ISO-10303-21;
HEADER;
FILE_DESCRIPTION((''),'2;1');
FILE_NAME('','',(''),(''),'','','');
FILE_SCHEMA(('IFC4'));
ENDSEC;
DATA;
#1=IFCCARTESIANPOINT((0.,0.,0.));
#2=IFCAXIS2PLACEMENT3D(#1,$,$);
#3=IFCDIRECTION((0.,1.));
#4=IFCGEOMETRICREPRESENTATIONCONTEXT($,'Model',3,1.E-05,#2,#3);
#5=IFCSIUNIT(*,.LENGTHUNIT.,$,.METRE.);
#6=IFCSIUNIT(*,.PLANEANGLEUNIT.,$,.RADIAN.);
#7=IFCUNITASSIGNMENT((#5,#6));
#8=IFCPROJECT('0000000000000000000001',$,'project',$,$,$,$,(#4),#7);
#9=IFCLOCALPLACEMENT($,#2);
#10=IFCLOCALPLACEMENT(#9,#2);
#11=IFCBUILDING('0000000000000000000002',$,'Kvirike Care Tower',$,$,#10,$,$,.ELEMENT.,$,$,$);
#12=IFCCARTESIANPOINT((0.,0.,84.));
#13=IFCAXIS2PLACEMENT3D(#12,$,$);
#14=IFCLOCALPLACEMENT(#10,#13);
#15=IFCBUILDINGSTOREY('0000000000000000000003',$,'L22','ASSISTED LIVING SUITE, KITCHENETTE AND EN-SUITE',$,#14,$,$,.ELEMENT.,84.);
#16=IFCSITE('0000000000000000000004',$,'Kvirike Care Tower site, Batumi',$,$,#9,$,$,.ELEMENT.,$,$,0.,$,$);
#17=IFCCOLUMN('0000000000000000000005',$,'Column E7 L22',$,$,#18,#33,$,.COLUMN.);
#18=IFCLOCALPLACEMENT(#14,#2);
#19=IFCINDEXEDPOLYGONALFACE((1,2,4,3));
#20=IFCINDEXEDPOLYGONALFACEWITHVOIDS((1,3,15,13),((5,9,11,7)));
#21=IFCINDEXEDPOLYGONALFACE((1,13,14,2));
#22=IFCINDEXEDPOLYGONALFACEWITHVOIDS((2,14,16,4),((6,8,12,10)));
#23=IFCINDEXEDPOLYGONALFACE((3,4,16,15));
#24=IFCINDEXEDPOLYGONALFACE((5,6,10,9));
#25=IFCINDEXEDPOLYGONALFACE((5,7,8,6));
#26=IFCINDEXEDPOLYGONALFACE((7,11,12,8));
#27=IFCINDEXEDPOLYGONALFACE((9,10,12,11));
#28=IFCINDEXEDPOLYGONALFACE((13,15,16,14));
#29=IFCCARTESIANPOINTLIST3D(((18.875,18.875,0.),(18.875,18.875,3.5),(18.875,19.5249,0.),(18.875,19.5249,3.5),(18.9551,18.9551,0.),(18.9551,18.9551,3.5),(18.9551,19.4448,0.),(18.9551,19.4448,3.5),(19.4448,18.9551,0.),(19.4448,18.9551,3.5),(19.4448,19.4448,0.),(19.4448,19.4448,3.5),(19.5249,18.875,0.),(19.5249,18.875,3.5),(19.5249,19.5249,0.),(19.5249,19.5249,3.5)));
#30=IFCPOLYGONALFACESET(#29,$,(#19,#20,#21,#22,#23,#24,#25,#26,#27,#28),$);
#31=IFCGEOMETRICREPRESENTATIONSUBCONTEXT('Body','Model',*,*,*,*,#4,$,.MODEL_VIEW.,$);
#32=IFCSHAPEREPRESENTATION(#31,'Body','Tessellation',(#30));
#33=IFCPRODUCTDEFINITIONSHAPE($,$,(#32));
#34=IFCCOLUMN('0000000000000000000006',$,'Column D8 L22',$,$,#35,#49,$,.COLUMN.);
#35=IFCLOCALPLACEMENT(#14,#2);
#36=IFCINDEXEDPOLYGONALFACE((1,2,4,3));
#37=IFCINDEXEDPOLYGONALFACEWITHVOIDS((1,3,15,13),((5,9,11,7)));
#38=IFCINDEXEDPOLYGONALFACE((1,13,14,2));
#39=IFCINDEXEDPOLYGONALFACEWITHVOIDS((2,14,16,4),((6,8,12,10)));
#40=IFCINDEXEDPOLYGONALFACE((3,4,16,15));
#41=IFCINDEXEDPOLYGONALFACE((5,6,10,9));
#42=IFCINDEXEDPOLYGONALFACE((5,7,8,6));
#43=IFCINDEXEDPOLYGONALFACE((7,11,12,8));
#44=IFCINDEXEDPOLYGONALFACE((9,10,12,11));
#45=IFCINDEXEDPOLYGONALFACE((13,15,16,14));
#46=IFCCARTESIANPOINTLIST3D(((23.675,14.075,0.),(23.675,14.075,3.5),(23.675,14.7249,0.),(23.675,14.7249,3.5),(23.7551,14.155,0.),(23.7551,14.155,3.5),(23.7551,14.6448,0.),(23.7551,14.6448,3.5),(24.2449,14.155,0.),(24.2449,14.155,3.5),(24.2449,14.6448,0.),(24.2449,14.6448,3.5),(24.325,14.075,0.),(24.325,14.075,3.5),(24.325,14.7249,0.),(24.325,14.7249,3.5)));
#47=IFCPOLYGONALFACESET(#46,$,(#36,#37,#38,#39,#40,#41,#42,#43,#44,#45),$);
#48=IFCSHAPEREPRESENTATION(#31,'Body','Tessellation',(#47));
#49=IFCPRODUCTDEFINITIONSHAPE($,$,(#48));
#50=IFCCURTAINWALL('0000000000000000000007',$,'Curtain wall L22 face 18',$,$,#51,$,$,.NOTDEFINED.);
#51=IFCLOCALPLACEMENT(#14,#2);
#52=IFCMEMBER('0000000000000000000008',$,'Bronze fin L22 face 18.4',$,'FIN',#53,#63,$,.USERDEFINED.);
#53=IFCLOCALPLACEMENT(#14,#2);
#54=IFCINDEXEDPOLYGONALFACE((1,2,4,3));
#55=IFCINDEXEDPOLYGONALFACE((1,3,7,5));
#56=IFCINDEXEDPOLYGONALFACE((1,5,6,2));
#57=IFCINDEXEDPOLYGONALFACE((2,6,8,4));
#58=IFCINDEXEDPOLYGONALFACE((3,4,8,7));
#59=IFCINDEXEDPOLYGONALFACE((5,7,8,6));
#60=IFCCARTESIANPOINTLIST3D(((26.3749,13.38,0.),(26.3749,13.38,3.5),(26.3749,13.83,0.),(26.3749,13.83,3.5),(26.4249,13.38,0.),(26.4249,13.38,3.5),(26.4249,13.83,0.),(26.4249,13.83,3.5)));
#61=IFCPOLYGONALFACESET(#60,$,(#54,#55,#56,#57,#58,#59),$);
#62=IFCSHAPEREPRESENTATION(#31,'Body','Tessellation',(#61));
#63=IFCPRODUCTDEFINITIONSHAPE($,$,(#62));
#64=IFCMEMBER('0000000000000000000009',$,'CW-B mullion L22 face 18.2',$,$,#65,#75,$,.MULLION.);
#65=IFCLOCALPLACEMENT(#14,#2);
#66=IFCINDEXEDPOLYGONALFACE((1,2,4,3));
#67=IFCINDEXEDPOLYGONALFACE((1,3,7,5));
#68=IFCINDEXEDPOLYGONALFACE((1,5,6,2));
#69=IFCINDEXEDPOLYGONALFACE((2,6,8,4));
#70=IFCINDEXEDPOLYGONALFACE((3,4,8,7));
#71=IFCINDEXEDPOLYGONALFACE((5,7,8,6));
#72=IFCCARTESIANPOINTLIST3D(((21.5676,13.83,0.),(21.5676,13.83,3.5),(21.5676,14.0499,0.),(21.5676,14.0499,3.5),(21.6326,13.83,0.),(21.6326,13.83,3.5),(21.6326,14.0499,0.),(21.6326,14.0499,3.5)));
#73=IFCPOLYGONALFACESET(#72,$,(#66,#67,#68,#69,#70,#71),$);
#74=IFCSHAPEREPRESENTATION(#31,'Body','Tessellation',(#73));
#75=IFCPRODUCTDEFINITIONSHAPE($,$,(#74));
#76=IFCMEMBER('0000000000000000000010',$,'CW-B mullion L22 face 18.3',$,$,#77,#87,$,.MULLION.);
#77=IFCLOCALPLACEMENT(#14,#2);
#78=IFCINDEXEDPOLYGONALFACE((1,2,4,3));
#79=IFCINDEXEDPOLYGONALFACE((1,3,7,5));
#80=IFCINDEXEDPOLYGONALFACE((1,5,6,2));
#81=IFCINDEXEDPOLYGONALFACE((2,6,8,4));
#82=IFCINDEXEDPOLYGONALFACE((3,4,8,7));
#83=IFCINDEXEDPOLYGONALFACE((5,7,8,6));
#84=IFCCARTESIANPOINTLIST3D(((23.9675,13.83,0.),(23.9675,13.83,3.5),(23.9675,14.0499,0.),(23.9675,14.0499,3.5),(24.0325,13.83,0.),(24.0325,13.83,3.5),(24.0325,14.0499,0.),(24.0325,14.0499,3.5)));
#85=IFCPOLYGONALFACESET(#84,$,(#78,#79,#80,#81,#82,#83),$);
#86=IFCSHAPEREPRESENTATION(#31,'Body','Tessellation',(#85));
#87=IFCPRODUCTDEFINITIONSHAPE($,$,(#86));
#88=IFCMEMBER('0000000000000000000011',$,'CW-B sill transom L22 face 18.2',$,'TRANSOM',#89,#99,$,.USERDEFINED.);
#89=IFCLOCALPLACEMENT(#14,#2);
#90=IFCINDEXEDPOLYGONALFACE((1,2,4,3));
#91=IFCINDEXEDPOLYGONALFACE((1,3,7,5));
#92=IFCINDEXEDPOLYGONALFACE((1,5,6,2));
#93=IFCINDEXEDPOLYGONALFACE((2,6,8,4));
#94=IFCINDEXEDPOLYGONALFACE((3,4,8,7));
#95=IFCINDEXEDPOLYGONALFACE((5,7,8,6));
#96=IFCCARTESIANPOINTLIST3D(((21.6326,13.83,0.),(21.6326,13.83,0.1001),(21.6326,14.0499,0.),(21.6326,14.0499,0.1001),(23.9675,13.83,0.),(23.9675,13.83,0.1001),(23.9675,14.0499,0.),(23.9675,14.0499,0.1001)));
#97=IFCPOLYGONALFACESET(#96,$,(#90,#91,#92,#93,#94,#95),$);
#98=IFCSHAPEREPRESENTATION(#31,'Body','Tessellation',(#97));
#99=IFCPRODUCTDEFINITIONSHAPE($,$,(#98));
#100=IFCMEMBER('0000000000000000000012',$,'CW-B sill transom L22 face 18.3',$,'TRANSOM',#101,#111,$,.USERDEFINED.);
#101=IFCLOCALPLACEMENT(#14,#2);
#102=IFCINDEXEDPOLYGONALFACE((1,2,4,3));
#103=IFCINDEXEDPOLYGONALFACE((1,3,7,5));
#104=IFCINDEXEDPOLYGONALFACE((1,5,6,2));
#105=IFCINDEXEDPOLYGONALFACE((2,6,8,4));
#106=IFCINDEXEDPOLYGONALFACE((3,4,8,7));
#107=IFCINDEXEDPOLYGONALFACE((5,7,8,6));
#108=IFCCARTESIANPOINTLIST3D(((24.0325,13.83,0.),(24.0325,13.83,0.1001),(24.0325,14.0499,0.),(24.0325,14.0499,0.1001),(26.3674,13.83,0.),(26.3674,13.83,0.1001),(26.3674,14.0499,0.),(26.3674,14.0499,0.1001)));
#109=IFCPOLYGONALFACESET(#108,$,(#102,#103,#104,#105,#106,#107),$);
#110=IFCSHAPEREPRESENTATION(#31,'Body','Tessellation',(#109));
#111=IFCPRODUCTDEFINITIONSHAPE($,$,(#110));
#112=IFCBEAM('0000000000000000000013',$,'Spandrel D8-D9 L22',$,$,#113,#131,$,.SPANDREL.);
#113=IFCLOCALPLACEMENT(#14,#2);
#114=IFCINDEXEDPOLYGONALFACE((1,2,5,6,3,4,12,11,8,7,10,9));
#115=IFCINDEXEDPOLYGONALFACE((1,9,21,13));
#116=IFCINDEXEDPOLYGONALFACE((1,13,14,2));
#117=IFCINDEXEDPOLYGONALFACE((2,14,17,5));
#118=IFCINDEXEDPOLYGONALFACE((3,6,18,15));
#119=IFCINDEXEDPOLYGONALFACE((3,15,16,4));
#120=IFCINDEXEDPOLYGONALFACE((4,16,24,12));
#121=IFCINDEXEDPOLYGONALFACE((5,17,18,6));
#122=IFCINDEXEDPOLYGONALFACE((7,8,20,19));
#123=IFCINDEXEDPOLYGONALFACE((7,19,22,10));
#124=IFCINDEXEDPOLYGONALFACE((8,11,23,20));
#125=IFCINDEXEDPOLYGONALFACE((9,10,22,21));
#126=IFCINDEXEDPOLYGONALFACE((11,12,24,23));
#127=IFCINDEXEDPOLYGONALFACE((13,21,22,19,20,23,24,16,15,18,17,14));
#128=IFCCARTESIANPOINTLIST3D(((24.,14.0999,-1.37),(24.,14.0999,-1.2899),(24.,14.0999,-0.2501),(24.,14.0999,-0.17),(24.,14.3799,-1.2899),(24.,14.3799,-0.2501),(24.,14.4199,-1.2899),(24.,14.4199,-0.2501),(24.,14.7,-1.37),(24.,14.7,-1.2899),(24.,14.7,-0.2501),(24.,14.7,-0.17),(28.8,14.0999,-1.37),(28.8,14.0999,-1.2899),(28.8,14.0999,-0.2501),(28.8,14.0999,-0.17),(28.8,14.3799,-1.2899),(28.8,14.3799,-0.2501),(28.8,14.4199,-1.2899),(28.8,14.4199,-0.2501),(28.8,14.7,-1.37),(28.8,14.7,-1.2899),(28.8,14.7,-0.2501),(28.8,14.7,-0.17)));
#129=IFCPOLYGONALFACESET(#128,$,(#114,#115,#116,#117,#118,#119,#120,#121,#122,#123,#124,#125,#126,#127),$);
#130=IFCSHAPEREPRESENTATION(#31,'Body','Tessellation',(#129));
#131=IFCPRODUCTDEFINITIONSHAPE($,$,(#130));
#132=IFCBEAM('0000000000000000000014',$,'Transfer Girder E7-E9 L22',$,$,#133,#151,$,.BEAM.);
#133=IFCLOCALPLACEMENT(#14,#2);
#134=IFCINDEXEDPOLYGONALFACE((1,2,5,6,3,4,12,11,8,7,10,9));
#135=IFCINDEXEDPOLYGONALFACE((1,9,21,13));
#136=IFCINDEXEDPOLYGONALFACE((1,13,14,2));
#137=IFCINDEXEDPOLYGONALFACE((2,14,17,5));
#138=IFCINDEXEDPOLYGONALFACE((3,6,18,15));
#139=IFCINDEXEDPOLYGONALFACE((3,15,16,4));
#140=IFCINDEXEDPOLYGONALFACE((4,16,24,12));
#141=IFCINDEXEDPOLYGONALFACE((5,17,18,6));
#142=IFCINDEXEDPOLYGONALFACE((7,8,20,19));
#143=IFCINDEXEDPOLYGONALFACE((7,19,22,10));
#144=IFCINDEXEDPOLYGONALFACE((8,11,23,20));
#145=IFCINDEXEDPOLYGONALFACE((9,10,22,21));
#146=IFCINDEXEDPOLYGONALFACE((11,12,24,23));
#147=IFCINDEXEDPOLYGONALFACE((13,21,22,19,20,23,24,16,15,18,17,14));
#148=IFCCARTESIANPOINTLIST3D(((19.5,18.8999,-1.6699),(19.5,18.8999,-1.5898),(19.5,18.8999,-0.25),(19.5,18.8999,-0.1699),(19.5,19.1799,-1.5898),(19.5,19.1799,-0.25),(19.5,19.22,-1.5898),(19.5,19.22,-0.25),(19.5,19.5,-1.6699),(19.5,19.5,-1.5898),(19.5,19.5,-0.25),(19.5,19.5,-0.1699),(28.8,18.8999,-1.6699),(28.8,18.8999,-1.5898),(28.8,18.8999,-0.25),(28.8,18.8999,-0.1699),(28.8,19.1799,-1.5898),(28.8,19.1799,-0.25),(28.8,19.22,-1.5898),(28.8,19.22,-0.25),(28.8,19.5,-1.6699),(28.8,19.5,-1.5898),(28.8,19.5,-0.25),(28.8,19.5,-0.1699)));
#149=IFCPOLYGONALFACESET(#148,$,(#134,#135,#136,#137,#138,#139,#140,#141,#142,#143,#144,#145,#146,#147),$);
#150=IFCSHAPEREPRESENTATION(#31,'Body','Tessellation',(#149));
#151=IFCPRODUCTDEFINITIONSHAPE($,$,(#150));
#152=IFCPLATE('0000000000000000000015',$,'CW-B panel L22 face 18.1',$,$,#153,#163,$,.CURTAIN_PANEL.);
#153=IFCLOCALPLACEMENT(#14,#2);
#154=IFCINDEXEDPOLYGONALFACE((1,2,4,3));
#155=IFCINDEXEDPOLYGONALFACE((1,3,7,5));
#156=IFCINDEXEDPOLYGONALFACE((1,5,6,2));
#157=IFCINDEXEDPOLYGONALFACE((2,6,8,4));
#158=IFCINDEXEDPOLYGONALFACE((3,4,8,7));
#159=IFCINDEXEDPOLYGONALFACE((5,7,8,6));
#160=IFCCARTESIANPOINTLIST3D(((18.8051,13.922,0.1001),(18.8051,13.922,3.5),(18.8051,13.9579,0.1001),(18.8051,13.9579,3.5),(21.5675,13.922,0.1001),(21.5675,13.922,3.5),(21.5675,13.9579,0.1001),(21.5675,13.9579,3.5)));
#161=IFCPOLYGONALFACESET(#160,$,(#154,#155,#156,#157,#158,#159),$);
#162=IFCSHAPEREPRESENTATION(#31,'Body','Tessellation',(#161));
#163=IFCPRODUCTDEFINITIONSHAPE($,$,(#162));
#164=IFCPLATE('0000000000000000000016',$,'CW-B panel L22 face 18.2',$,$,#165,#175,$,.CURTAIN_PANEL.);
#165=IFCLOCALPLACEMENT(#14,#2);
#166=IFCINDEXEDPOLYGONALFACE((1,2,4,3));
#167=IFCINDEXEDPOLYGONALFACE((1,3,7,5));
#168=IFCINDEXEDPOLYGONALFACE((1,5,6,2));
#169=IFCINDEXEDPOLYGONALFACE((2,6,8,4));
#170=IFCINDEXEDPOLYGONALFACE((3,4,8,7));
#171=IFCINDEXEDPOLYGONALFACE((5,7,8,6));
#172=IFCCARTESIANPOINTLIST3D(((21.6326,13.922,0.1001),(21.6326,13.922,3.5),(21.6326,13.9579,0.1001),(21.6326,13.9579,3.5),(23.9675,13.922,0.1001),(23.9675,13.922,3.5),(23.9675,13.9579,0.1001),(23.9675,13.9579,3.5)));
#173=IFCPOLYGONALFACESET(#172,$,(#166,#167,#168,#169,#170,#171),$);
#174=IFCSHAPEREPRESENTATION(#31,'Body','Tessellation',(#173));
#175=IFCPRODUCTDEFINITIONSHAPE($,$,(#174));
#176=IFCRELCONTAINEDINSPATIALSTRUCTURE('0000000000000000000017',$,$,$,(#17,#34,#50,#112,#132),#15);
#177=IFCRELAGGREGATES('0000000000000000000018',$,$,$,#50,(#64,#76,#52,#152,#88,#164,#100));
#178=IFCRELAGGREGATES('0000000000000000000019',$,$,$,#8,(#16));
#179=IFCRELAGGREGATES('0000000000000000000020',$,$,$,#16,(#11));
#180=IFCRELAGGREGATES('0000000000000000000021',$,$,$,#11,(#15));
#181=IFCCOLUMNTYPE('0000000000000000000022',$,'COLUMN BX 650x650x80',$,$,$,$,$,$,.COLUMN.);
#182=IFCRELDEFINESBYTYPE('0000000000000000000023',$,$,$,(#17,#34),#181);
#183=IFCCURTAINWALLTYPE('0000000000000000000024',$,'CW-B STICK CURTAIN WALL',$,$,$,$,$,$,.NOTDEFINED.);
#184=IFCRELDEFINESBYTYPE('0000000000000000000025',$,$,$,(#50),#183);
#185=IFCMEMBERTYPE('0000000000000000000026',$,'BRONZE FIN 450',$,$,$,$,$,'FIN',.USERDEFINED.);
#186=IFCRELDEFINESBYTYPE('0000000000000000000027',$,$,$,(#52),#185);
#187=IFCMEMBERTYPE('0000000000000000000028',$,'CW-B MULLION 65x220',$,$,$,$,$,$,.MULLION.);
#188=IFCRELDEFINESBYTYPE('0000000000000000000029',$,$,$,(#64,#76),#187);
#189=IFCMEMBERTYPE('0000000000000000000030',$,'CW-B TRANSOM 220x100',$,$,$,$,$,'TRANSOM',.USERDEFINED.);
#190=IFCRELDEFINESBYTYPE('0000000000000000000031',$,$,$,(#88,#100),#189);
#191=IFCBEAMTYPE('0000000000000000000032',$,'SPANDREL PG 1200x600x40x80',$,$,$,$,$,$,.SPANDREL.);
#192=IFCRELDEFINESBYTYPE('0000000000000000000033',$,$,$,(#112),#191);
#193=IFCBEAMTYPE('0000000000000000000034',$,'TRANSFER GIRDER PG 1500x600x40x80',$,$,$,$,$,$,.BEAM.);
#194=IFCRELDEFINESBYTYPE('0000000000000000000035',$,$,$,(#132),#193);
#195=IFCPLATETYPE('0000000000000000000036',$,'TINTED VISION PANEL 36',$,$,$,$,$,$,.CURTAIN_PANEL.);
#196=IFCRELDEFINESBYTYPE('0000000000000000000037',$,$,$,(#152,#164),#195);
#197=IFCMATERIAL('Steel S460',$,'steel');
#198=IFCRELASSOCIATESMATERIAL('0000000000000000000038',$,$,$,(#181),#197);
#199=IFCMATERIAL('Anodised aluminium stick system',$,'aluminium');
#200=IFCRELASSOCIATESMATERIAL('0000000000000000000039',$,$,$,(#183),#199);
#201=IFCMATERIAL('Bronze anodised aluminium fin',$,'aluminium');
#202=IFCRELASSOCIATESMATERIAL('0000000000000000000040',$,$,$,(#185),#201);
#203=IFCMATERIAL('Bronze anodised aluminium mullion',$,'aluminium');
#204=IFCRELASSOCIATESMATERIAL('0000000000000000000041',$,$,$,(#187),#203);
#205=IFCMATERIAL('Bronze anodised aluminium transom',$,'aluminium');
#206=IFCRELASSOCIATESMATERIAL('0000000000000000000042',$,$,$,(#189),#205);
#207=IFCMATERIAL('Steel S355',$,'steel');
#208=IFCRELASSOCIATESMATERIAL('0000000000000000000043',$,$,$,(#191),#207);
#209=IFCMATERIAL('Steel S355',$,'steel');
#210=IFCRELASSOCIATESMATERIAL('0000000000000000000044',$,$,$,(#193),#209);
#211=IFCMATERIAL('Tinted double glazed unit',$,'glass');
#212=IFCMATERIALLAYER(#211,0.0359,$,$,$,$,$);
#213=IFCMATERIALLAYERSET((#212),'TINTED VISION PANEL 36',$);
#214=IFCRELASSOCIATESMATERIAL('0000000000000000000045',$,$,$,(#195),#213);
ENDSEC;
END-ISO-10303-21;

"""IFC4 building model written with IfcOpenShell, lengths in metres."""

from ifc_helpers import new_model, si_unit, direction, frame, origin, origin_2d, place, context, subcontext, project, spatial, rectangle, hollow_rectangle, i_section, extrude, material, layer, layer_set, material_profile, profile_set, type_object, element, aggregate, save


model = new_model("IFC4")

# Units and contexts
model_context = context("Model", 3, precision=1e-05, world=origin(), true_north=direction((0.0, 1.0)))
body_context = subcontext(model_context, "Body", "Model", "MODEL_VIEW")
ifc_project = project(units=[si_unit("LENGTHUNIT", "METRE"), si_unit("PLANEANGLEUNIT", "RADIAN")], contexts=[model_context])

# Site, building, storey
site_placement = place(None, origin())
site = spatial("IfcSite", under=ifc_project, at=site_placement, Name="Kvirike Care Tower site, Batumi", CompositionType="ELEMENT", RefElevation=0.0)
building_placement = place(site_placement, origin())
building = spatial("IfcBuilding", under=site, at=building_placement, Name="Kvirike Care Tower", CompositionType="ELEMENT")
storey_placement = place(building_placement, frame((0.0, 0.0, 84.0)))
storey = spatial("IfcBuildingStorey", under=building, at=storey_placement, Name="L22", Description="ASSISTED LIVING SUITE, KITCHENETTE AND EN-SUITE", CompositionType="ELEMENT", Elevation=84.0)

# Columns
ifc_material_1 = material(Name="Steel S460", Category="steel")
ifc_material_profile_1 = material_profile(ifc_material_1, hollow_rectangle(XDim=0.6499, YDim=0.6499, WallThickness=0.0801, at=origin_2d()), Name="BX 650x650x80")
ifc_profile_set_1 = profile_set([ifc_material_profile_1], Name="Steel S460")
column_type = type_object("IfcColumnType", Name="COLUMN BX 650x650x80", PredefinedType="COLUMN", material=ifc_profile_set_1)
for number, where, z_axis, x_axis, name in (
    (1, (19.2, 19.2, 0.0), (0.0, 0.0, 1.0), (0.0, 1.0, 0.0), "Column E7 L22"),
    (2, (24.0, 14.3999, 0.0), (0.0, 0.0, 1.0), (0.0, 1.0, 0.0), "Column D8 L22"),
):
    element("IfcColumn", number, at=place(storey_placement, frame(where, z_axis=z_axis, x_axis=x_axis)), inside=storey, type_object=column_type, Name=name, PredefinedType="COLUMN", context=body_context, shape_type="SweptSolid", body=[
        extrude(hollow_rectangle(XDim=0.6499, YDim=0.6499, WallThickness=0.0801, at=origin_2d()), origin(), (0.0, 0.0, 1.0), 3.5),
    ])

# Curtain wall, members
ifc_material_2 = material(Name="Anodised aluminium stick system", Category="aluminium")
curtain_wall_type = type_object("IfcCurtainWallType", Name="CW-B STICK CURTAIN WALL", PredefinedType="NOTDEFINED", material=ifc_material_2)
curtain_wall_placement = place(storey_placement, origin())
curtain_wall = element("IfcCurtainWall", 3, at=curtain_wall_placement, inside=storey, type_object=curtain_wall_type, Name="Curtain wall L22 face 18", PredefinedType="NOTDEFINED")
ifc_material_3 = material(Name="Bronze anodised aluminium fin", Category="aluminium")
ifc_material_profile_2 = material_profile(ifc_material_3, rectangle(XDim=0.05, YDim=0.45, at=origin_2d()), Name="BRONZE FIN 450")
ifc_profile_set_2 = profile_set([ifc_material_profile_2], Name="Bronze anodised aluminium fin")
member_type_1 = type_object("IfcMemberType", Name="BRONZE FIN 450", ElementType="FIN", PredefinedType="USERDEFINED", material=ifc_profile_set_2)
member_1_placement = place(storey_placement, frame((26.3999, 13.605, 0.0), z_axis=(0.0, 0.0, 1.0), x_axis=(1.0, 0.0, 0.0)))
member_1 = element("IfcMember", 4, at=member_1_placement, type_object=member_type_1, Name="Bronze fin L22 face 18.4", ObjectType="FIN", PredefinedType="USERDEFINED", context=body_context, shape_type="SweptSolid", body=[
    extrude(rectangle(XDim=0.05, YDim=0.45, at=origin_2d()), origin(), (0.0, 0.0, 1.0), 3.5),
])
ifc_material_4 = material(Name="Bronze anodised aluminium mullion", Category="aluminium")
ifc_material_profile_3 = material_profile(ifc_material_4, rectangle(XDim=0.0649, YDim=0.22, at=origin_2d()), Name="CW-B MULLION 65x220")
ifc_profile_set_3 = profile_set([ifc_material_profile_3], Name="Bronze anodised aluminium mullion")
member_type_2 = type_object("IfcMemberType", Name="CW-B MULLION 65x220", PredefinedType="MULLION", material=ifc_profile_set_3)
member_2_placement = place(storey_placement, frame((21.6001, 13.9399, 0.0), z_axis=(0.0, 0.0, 1.0), x_axis=(1.0, 0.0, 0.0)))
member_2 = element("IfcMember", 5, at=member_2_placement, type_object=member_type_2, Name="CW-B mullion L22 face 18.2", PredefinedType="MULLION", context=body_context, shape_type="SweptSolid", body=[
    extrude(rectangle(XDim=0.0649, YDim=0.22, at=origin_2d()), origin(), (0.0, 0.0, 1.0), 3.5),
])
member_3_placement = place(storey_placement, frame((24.0, 13.9399, 0.0), z_axis=(0.0, 0.0, 1.0), x_axis=(1.0, 0.0, 0.0)))
member_3 = element("IfcMember", 6, at=member_3_placement, type_object=member_type_2, Name="CW-B mullion L22 face 18.3", PredefinedType="MULLION", context=body_context, shape_type="SweptSolid", body=[
    extrude(rectangle(XDim=0.0649, YDim=0.22, at=origin_2d()), origin(), (0.0, 0.0, 1.0), 3.5),
])
ifc_material_5 = material(Name="Bronze anodised aluminium transom", Category="aluminium")
ifc_material_profile_4 = material_profile(ifc_material_5, rectangle(XDim=0.22, YDim=0.1001, at=origin_2d()), Name="CW-B TRANSOM 220x100")
ifc_profile_set_4 = profile_set([ifc_material_profile_4], Name="Bronze anodised aluminium transom")
member_type_3 = type_object("IfcMemberType", Name="CW-B TRANSOM 220x100", ElementType="TRANSOM", PredefinedType="USERDEFINED", material=ifc_profile_set_4)
member_4_placement = place(storey_placement, frame((21.6326, 13.9399, 0.05), z_axis=(1.0, 0.0, 0.0), x_axis=(0.0, 1.0, 0.0)))
member_4 = element("IfcMember", 7, at=member_4_placement, type_object=member_type_3, Name="CW-B sill transom L22 face 18.2", ObjectType="TRANSOM", PredefinedType="USERDEFINED", context=body_context, shape_type="SweptSolid", body=[
    extrude(rectangle(XDim=0.22, YDim=0.1001, at=origin_2d()), origin(), (0.0, 0.0, 1.0), 2.335),
])
member_5_placement = place(storey_placement, frame((24.0325, 13.9399, 0.05), z_axis=(1.0, 0.0, 0.0), x_axis=(0.0, 1.0, 0.0)))
member_5 = element("IfcMember", 8, at=member_5_placement, type_object=member_type_3, Name="CW-B sill transom L22 face 18.3", ObjectType="TRANSOM", PredefinedType="USERDEFINED", context=body_context, shape_type="SweptSolid", body=[
    extrude(rectangle(XDim=0.22, YDim=0.1001, at=origin_2d()), origin(), (0.0, 0.0, 1.0), 2.335),
])

# Beams
ifc_material_6 = material(Name="Steel S355", Category="steel")
ifc_material_profile_5 = material_profile(ifc_material_6, i_section(OverallWidth=0.6001, OverallDepth=1.2, WebThickness=0.04, FlangeThickness=0.0801, at=origin_2d()), Name="PG 1200x600x40x80")
ifc_profile_set_5 = profile_set([ifc_material_profile_5], Name="Steel S355")
beam_type_1 = type_object("IfcBeamType", Name="SPANDREL PG 1200x600x40x80", PredefinedType="SPANDREL", material=ifc_profile_set_5)
beam_1_placement = place(storey_placement, frame((24.0, 14.3999, -0.77), z_axis=(1.0, 0.0, 0.0), x_axis=(0.0, 1.0, 0.0)))
element("IfcBeam", 9, at=beam_1_placement, inside=storey, type_object=beam_type_1, Name="Spandrel D8-D9 L22", PredefinedType="SPANDREL", context=body_context, shape_type="SweptSolid", body=[
    extrude(i_section(OverallWidth=0.6001, OverallDepth=1.2, WebThickness=0.04, FlangeThickness=0.0801, at=origin_2d()), origin(), (0.0, 0.0, 1.0), 4.8),
])
ifc_material_7 = material(Name="Steel S355", Category="steel")
ifc_material_profile_6 = material_profile(ifc_material_7, i_section(OverallWidth=0.6001, OverallDepth=1.5, WebThickness=0.04, FlangeThickness=0.0801, at=origin_2d()), Name="PG 1500x600x40x80")
ifc_profile_set_6 = profile_set([ifc_material_profile_6], Name="Steel S355")
beam_type_2 = type_object("IfcBeamType", Name="TRANSFER GIRDER PG 1500x600x40x80", PredefinedType="BEAM", material=ifc_profile_set_6)
beam_2_placement = place(storey_placement, frame((19.5, 19.2, -0.9199), z_axis=(1.0, 0.0, 0.0), x_axis=(0.0, 1.0, 0.0)))
element("IfcBeam", 10, at=beam_2_placement, inside=storey, type_object=beam_type_2, Name="Transfer Girder E7-E9 L22", PredefinedType="BEAM", context=body_context, shape_type="SweptSolid", body=[
    extrude(i_section(OverallWidth=0.6001, OverallDepth=1.5, WebThickness=0.04, FlangeThickness=0.0801, at=origin_2d()), origin(), (0.0, 0.0, 1.0), 9.3),
])

# Plates
ifc_material_8 = material(Name="Tinted double glazed unit", Category="glass")
ifc_layer_1 = layer(ifc_material_8, 0.0359)
ifc_layer_set_1 = layer_set([ifc_layer_1], Name="TINTED VISION PANEL 36")
plate_type = type_object("IfcPlateType", Name="TINTED VISION PANEL 36", PredefinedType="CURTAIN_PANEL", material=ifc_layer_set_1)
plate_1_placement = place(storey_placement, frame((20.1863, 13.9399, 0.1001), z_axis=(0.0, 0.0, 1.0), x_axis=(1.0, 0.0, 0.0)))
plate_1 = element("IfcPlate", 11, at=plate_1_placement, type_object=plate_type, Name="CW-B panel L22 face 18.1", PredefinedType="CURTAIN_PANEL", context=body_context, shape_type="SweptSolid", body=[
    extrude(rectangle(XDim=2.7625, YDim=0.0359, at=origin_2d()), origin(), (0.0, 0.0, 1.0), 3.3999),
])
plate_2_placement = place(storey_placement, frame((22.8, 13.9399, 0.1001), z_axis=(0.0, 0.0, 1.0), x_axis=(1.0, 0.0, 0.0)))
plate_2 = element("IfcPlate", 12, at=plate_2_placement, type_object=plate_type, Name="CW-B panel L22 face 18.2", PredefinedType="CURTAIN_PANEL", context=body_context, shape_type="SweptSolid", body=[
    extrude(rectangle(XDim=2.335, YDim=0.0359, at=origin_2d()), origin(), (0.0, 0.0, 1.0), 3.3999),
])
aggregate(curtain_wall, [member_2, member_3, member_1, plate_1, member_4, plate_2, member_5])

save(model, "model.ifc")
